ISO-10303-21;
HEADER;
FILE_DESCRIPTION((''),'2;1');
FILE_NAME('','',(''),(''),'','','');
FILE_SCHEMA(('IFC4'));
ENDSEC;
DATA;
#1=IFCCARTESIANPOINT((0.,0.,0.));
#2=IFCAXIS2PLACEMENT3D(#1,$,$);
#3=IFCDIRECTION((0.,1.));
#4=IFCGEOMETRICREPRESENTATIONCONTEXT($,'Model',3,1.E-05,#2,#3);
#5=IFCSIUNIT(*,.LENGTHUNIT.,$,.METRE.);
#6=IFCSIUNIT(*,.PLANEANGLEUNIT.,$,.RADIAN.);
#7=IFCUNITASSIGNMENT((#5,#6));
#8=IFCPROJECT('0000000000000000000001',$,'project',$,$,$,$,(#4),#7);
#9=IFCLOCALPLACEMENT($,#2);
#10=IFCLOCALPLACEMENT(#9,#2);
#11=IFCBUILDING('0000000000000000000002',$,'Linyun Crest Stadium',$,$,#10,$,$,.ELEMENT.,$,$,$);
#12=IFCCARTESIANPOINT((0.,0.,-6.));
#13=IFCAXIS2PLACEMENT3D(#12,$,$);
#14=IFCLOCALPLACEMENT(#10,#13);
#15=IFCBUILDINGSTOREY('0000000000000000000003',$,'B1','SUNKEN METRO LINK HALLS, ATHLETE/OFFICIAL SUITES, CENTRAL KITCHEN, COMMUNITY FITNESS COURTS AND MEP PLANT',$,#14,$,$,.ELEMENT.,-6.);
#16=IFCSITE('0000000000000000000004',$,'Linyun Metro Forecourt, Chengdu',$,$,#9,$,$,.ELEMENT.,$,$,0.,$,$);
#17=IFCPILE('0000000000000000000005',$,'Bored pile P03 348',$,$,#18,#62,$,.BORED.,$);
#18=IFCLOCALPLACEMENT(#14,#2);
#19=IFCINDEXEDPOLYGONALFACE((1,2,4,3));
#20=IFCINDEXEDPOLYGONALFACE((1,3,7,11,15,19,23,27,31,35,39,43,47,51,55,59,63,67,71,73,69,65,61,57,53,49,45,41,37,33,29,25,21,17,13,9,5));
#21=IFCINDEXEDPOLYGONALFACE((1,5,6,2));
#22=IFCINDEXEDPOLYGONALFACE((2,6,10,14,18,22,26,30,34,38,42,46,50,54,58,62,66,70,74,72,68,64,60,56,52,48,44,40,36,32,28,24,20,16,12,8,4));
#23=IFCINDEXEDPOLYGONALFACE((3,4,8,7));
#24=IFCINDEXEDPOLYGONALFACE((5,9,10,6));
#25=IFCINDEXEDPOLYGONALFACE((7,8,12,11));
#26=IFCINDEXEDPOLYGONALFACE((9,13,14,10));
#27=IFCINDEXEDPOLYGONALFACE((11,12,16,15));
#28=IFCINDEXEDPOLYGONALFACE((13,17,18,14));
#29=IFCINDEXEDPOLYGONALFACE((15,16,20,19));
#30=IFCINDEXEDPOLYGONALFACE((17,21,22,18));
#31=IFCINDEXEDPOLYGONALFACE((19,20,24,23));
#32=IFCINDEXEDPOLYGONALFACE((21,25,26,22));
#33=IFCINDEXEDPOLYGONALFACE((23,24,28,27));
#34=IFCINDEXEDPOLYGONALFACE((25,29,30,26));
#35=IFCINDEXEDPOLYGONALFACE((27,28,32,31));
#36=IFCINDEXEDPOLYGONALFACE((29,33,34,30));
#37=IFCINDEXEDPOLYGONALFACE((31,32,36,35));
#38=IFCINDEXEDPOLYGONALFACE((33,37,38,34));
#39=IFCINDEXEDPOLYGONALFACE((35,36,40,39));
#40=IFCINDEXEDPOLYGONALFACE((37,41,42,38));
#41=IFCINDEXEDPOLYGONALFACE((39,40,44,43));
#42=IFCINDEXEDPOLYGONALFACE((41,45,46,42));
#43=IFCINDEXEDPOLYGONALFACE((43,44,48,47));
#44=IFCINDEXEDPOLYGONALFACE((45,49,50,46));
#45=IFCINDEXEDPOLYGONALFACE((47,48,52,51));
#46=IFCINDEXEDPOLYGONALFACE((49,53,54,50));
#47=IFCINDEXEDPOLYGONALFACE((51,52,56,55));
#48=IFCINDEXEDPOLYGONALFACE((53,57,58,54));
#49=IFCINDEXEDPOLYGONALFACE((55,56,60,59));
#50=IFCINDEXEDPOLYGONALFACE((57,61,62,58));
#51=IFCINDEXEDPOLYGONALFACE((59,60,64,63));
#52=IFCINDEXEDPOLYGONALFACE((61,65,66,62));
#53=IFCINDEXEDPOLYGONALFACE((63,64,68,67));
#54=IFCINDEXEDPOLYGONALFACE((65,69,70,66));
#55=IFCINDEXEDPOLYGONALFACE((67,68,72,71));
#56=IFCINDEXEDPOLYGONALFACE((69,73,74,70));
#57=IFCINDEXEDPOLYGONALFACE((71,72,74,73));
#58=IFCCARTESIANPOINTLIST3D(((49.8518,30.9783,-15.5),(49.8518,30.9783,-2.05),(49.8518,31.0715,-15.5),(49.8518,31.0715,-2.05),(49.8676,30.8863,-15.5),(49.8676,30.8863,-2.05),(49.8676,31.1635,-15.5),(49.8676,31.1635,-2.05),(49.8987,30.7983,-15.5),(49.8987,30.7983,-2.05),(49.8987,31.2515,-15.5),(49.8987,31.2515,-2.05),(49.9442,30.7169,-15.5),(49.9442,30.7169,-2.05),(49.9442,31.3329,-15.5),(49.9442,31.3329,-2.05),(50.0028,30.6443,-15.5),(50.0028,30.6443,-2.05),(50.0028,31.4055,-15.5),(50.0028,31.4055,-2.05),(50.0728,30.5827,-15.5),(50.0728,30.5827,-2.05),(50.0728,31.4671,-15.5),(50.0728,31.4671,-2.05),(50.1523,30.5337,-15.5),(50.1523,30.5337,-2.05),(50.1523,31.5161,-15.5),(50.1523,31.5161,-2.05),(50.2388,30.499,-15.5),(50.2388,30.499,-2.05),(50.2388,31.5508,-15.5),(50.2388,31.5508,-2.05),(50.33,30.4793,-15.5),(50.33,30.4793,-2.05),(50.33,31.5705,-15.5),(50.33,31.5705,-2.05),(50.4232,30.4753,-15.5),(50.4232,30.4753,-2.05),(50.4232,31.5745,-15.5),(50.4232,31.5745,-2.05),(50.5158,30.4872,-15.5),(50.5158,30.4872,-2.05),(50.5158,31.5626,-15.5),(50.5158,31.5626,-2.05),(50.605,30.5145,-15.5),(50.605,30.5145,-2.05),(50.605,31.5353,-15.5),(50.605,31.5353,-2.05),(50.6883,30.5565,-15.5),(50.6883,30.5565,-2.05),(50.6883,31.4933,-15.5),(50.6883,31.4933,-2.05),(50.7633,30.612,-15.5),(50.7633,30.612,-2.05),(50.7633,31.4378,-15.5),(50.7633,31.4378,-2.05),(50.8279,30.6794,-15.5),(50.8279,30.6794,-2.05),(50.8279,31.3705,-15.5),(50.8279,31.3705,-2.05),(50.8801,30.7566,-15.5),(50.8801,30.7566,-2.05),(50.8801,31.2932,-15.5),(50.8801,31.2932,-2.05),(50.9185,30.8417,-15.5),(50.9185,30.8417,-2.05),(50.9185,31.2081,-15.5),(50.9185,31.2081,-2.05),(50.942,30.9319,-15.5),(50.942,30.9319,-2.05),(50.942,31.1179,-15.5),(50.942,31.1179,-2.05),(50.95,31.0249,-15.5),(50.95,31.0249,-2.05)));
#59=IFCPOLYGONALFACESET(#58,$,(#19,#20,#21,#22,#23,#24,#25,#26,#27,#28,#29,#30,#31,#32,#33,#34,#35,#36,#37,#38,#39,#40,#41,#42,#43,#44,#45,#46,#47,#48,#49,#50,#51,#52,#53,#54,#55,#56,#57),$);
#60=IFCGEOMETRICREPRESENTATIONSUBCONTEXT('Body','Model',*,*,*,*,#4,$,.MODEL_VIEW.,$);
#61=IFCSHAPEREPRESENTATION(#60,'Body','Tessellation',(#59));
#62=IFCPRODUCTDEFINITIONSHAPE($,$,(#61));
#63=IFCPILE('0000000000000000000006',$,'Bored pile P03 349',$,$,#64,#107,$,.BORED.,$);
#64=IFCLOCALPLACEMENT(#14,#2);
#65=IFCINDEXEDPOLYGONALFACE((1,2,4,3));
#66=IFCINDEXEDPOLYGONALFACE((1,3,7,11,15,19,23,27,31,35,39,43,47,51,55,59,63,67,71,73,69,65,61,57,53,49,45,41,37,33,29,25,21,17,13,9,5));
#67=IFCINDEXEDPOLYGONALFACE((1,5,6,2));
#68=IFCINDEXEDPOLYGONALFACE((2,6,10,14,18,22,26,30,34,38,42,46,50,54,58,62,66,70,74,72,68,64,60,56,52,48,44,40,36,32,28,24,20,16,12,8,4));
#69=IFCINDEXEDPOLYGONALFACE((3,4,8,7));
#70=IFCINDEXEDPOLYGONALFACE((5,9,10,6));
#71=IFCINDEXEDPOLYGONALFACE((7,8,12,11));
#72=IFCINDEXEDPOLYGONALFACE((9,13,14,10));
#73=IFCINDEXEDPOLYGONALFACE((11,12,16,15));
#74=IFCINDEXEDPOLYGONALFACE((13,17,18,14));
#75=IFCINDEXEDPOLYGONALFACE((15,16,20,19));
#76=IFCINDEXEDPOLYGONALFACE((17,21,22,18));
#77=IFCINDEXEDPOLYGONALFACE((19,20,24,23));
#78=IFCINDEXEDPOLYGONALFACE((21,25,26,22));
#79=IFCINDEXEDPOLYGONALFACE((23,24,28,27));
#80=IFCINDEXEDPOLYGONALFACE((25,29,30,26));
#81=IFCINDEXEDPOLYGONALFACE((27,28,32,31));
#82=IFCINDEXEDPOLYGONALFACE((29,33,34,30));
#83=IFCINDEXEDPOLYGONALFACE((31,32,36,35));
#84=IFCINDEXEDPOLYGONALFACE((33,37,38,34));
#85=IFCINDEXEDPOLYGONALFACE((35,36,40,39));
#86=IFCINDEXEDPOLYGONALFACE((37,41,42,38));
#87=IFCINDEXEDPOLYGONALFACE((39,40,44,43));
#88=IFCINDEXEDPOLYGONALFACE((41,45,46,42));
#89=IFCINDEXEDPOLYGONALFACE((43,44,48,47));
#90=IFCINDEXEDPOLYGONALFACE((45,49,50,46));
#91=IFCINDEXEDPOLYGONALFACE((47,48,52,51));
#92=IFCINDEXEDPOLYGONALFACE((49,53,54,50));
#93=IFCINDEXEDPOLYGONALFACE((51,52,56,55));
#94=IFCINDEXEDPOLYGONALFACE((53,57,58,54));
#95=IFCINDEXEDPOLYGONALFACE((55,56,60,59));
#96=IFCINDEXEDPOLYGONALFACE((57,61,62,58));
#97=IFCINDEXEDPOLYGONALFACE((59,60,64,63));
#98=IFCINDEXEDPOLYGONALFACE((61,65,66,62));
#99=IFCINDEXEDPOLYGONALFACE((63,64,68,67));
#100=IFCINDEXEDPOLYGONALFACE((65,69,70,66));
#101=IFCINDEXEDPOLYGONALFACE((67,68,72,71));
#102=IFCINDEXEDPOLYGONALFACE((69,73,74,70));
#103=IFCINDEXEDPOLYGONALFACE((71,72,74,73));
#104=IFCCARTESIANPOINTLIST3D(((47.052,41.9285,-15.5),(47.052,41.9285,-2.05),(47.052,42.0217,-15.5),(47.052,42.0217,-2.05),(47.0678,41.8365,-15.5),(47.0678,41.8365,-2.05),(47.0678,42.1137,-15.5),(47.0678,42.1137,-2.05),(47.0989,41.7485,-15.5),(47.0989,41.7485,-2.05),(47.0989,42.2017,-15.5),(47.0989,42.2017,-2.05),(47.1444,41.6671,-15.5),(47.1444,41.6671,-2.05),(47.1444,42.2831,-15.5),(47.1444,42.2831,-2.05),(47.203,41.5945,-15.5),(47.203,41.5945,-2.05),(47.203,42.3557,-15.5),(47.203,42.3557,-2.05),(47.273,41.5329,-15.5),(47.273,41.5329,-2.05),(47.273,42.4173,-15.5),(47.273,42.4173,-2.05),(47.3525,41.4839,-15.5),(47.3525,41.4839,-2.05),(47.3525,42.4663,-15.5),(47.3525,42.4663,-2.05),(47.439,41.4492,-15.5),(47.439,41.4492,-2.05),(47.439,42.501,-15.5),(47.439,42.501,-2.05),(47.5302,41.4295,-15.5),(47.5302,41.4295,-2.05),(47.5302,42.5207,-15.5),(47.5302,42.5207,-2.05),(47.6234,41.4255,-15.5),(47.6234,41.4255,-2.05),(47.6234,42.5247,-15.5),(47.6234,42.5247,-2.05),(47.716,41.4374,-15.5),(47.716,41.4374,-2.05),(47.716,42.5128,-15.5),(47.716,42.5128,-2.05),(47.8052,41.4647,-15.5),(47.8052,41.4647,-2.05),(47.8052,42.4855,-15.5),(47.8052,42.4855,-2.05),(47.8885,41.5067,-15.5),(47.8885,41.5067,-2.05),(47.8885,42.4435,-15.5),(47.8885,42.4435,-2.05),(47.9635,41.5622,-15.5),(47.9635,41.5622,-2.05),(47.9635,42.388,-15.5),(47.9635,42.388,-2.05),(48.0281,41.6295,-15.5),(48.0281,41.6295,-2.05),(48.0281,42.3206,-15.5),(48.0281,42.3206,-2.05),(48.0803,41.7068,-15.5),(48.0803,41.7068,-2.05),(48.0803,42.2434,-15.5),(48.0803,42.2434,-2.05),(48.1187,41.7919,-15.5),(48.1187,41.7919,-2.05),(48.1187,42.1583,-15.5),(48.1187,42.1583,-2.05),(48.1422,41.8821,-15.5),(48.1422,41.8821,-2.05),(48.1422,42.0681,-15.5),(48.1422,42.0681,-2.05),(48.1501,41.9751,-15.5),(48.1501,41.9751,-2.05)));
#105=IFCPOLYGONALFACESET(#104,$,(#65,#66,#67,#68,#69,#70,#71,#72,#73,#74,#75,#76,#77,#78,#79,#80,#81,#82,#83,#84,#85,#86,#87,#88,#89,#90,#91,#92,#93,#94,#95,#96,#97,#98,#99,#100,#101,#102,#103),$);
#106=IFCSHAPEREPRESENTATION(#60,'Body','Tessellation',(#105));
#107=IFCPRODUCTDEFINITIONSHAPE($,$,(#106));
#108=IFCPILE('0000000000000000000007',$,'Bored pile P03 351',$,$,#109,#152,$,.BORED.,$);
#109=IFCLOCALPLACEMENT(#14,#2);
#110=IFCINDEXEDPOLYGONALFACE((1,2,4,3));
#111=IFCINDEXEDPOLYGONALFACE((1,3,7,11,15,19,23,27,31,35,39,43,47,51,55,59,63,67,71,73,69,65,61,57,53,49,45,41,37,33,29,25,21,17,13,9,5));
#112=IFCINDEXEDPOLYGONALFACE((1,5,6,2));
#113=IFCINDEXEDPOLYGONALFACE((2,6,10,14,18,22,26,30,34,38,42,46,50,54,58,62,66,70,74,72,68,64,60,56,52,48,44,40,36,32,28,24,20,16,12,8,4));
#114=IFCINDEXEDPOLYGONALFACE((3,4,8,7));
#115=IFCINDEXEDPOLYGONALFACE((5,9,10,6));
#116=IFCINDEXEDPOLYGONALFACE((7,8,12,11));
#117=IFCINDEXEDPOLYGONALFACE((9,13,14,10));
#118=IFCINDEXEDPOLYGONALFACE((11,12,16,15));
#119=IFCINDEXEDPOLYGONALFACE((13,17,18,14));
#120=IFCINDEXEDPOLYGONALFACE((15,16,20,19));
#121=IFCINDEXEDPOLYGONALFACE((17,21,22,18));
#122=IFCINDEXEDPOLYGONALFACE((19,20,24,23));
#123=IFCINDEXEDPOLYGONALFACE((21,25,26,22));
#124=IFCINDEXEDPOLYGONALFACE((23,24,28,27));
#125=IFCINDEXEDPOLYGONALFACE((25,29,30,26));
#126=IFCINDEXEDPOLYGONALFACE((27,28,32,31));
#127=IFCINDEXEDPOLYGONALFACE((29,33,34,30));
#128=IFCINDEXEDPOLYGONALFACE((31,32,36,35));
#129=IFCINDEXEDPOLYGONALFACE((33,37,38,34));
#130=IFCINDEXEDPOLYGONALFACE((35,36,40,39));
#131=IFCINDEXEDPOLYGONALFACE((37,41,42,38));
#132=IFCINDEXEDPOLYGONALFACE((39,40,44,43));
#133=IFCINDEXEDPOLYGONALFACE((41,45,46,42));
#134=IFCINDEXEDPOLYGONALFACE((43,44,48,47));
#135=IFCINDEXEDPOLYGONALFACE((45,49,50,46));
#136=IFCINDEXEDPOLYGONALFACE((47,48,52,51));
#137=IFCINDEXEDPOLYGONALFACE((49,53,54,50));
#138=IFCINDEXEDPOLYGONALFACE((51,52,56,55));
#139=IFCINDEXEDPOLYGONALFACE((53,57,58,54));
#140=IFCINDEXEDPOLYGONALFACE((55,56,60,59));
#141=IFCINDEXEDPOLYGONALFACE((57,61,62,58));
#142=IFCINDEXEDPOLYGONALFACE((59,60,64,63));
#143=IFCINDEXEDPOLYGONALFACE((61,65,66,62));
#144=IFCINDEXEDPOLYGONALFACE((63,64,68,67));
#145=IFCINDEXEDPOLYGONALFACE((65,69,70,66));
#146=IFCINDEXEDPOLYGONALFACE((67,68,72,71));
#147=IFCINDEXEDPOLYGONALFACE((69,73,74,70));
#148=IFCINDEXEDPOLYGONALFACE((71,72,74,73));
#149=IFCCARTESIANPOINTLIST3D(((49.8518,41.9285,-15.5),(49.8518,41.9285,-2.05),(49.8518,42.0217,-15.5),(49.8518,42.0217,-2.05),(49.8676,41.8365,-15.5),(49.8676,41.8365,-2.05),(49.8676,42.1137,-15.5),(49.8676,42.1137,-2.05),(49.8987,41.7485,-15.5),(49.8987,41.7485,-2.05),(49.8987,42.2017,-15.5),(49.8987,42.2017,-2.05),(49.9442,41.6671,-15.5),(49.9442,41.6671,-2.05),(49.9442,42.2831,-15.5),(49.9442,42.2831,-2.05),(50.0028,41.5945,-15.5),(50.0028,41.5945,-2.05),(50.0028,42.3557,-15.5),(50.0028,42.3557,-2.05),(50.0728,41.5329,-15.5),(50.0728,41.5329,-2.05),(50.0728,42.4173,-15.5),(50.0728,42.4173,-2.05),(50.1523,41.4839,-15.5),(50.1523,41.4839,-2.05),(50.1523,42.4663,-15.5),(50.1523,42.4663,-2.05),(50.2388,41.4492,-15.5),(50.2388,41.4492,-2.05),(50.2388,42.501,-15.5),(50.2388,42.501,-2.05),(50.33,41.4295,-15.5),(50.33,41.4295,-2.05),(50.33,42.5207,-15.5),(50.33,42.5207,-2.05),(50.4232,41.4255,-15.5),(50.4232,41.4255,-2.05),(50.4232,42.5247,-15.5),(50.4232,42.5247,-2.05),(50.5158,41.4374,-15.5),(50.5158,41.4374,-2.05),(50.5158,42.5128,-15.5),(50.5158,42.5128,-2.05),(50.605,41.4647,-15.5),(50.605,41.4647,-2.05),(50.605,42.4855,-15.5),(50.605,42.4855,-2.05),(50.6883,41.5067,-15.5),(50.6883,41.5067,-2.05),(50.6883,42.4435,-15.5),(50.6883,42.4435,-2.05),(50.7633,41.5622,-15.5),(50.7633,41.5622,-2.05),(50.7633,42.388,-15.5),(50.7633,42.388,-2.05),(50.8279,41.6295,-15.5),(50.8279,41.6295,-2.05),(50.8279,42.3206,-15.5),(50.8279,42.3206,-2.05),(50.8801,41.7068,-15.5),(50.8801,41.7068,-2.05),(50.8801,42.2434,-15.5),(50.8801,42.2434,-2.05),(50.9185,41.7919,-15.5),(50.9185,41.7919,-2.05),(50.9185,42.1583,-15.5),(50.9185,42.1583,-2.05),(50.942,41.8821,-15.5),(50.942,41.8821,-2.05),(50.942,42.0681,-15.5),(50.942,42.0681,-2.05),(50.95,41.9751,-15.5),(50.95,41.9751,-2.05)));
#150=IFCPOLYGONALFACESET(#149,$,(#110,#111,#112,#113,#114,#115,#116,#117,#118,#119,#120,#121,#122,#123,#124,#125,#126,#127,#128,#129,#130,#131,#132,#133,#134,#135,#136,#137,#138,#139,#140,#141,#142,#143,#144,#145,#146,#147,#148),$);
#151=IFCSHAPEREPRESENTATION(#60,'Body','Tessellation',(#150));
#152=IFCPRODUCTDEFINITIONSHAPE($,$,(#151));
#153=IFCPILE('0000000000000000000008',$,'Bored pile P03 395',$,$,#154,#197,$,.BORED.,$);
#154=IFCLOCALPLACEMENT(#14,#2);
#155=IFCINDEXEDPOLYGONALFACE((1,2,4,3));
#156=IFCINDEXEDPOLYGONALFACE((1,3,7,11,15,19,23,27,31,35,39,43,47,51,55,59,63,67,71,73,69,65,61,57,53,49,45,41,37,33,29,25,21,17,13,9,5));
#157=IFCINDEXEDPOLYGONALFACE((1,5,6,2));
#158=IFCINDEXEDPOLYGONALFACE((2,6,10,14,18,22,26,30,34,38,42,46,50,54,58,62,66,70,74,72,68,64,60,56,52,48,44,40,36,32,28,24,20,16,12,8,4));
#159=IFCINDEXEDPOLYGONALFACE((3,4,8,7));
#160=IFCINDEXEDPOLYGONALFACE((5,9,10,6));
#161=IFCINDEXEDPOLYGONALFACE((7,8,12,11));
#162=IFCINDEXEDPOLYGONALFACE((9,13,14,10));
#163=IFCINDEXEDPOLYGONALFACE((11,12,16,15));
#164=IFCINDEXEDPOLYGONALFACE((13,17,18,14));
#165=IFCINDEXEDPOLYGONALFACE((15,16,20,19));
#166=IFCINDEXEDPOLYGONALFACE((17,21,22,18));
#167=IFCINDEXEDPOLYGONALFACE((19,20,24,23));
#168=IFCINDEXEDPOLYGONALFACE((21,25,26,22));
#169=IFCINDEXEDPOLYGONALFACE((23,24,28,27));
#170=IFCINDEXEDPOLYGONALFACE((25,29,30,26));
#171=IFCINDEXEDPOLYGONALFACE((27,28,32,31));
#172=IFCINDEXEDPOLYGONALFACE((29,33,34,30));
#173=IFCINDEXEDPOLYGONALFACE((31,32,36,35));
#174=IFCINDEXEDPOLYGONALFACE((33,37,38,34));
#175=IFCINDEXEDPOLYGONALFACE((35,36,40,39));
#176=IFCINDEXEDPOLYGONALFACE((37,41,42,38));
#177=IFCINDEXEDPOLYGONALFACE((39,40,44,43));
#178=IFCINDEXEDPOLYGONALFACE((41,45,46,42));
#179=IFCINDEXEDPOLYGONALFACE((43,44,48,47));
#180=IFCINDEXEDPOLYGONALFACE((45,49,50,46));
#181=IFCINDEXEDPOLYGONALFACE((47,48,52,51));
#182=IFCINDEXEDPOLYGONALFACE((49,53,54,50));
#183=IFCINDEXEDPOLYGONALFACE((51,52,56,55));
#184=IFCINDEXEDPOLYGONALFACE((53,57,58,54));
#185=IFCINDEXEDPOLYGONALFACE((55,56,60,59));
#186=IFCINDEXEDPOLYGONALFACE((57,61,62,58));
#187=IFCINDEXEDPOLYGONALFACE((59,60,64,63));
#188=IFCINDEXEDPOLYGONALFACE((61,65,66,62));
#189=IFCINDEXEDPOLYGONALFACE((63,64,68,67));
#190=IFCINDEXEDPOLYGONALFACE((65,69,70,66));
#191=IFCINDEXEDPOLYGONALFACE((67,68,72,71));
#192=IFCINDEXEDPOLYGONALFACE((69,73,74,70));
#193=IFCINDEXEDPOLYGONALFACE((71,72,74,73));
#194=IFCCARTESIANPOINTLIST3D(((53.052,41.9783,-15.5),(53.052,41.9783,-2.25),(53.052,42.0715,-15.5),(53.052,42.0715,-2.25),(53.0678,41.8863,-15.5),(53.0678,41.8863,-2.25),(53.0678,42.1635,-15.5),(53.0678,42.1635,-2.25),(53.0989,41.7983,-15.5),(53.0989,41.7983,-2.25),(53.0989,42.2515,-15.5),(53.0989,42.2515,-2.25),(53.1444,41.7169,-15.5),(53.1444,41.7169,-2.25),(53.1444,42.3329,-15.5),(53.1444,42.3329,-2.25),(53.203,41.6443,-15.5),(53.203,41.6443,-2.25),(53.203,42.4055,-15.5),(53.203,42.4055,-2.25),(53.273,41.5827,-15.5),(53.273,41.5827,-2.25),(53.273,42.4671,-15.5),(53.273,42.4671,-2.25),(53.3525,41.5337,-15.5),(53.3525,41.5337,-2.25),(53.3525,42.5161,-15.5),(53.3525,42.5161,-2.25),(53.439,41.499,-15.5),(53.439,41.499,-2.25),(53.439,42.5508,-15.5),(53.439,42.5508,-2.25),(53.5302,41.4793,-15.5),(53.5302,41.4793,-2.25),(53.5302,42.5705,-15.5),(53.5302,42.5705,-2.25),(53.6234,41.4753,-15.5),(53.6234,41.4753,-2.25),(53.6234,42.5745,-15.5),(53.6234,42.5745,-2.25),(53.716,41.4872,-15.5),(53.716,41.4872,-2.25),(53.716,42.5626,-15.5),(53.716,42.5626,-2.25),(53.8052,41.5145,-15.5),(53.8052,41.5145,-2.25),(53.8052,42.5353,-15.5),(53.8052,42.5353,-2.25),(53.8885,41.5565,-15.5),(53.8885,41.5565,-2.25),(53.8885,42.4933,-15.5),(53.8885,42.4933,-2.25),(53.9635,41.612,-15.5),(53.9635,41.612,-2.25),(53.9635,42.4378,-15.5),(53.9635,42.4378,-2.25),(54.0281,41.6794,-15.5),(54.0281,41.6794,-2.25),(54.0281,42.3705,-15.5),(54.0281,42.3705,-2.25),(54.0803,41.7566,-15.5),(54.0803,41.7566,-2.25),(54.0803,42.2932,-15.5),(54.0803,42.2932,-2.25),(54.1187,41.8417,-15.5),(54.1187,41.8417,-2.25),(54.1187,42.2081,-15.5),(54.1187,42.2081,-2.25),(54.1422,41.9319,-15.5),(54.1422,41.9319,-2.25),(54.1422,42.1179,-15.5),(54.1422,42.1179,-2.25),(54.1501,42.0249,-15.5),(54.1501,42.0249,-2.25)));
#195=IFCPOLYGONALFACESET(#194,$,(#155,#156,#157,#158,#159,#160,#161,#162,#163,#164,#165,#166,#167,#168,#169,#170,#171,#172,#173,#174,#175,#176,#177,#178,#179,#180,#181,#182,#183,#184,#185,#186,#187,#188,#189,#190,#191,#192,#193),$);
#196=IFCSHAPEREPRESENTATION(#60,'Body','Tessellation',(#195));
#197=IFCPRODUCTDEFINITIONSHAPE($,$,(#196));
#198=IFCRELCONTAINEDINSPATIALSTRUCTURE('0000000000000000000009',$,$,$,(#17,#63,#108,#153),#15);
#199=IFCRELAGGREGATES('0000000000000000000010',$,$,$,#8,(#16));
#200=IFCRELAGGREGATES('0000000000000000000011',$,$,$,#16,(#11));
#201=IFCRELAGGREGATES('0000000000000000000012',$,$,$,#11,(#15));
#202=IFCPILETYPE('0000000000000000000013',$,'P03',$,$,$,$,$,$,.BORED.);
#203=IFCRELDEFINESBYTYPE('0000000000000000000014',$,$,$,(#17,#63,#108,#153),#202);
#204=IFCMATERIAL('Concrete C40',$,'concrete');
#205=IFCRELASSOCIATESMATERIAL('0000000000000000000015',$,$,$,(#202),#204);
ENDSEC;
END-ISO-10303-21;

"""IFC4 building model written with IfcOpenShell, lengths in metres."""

from ifc_helpers import new_model, si_unit, direction, frame, origin, origin_2d, place, context, subcontext, project, spatial, circle, extrude, material, material_profile, profile_set, type_object, element, save


model = new_model("IFC4")

# Units and contexts
model_context = context("Model", 3, precision=1e-05, world=origin(), true_north=direction((0.0, 1.0)))
body_context = subcontext(model_context, "Body", "Model", "MODEL_VIEW")
ifc_project = project(units=[si_unit("LENGTHUNIT", "METRE"), si_unit("PLANEANGLEUNIT", "RADIAN")], contexts=[model_context])

# Site, building, storey
site_placement = place(None, origin())
site = spatial("IfcSite", under=ifc_project, at=site_placement, Name="Linyun Metro Forecourt, Chengdu", CompositionType="ELEMENT", RefElevation=0.0)
building_placement = place(site_placement, origin())
building = spatial("IfcBuilding", under=site, at=building_placement, Name="Linyun Crest Stadium", CompositionType="ELEMENT")
storey_placement = place(building_placement, frame((0.0, 0.0, -6.0)))
storey = spatial("IfcBuildingStorey", under=building, at=storey_placement, Name="B1", Description="SUNKEN METRO LINK HALLS, ATHLETE/OFFICIAL SUITES, CENTRAL KITCHEN, COMMUNITY FITNESS COURTS AND MEP PLANT", CompositionType="ELEMENT", Elevation=-6.0)

# Piles
ifc_material_1 = material(Name="Concrete C40", Category="concrete")
ifc_material_profile_1 = material_profile(ifc_material_1, circle(Radius=0.55, at=origin_2d()), Name="BORED PILE 1100")
ifc_profile_set_1 = profile_set([ifc_material_profile_1], Name="Concrete C40")
pile_type = type_object("IfcPileType", Name="P03", PredefinedType="BORED", material=ifc_profile_set_1)
for number, where, z_axis, x_axis, name in (
    (1, (50.3999, 31.0249, -2.05), (0.0, 0.0, -1.0), (1.0, 0.0, 0.0), "Bored pile P03 348"),
    (2, (47.6001, 41.9751, -2.05), (0.0, 0.0, -1.0), (1.0, 0.0, 0.0), "Bored pile P03 349"),
    (3, (50.3999, 41.9751, -2.05), (0.0, 0.0, -1.0), (1.0, 0.0, 0.0), "Bored pile P03 351"),
):
    element("IfcPile", number, at=place(storey_placement, frame(where, z_axis=z_axis, x_axis=x_axis)), inside=storey, type_object=pile_type, Name=name, PredefinedType="BORED", context=body_context, shape_type="SweptSolid", body=[
        extrude(circle(Radius=0.55, at=origin_2d()), origin(), (0.0, 0.0, 1.0), 13.45),
    ])
for number, where, z_axis, x_axis, name in (
    (4, (53.6001, 42.0249, -2.25), (0.0, 0.0, -1.0), (1.0, 0.0, 0.0), "Bored pile P03 395"),
):
    element("IfcPile", number, at=place(storey_placement, frame(where, z_axis=z_axis, x_axis=x_axis)), inside=storey, type_object=pile_type, Name=name, PredefinedType="BORED", context=body_context, shape_type="SweptSolid", body=[
        extrude(circle(Radius=0.55, at=origin_2d()), origin(), (0.0, 0.0, 1.0), 13.25),
    ])

save(model, "model.ifc")
